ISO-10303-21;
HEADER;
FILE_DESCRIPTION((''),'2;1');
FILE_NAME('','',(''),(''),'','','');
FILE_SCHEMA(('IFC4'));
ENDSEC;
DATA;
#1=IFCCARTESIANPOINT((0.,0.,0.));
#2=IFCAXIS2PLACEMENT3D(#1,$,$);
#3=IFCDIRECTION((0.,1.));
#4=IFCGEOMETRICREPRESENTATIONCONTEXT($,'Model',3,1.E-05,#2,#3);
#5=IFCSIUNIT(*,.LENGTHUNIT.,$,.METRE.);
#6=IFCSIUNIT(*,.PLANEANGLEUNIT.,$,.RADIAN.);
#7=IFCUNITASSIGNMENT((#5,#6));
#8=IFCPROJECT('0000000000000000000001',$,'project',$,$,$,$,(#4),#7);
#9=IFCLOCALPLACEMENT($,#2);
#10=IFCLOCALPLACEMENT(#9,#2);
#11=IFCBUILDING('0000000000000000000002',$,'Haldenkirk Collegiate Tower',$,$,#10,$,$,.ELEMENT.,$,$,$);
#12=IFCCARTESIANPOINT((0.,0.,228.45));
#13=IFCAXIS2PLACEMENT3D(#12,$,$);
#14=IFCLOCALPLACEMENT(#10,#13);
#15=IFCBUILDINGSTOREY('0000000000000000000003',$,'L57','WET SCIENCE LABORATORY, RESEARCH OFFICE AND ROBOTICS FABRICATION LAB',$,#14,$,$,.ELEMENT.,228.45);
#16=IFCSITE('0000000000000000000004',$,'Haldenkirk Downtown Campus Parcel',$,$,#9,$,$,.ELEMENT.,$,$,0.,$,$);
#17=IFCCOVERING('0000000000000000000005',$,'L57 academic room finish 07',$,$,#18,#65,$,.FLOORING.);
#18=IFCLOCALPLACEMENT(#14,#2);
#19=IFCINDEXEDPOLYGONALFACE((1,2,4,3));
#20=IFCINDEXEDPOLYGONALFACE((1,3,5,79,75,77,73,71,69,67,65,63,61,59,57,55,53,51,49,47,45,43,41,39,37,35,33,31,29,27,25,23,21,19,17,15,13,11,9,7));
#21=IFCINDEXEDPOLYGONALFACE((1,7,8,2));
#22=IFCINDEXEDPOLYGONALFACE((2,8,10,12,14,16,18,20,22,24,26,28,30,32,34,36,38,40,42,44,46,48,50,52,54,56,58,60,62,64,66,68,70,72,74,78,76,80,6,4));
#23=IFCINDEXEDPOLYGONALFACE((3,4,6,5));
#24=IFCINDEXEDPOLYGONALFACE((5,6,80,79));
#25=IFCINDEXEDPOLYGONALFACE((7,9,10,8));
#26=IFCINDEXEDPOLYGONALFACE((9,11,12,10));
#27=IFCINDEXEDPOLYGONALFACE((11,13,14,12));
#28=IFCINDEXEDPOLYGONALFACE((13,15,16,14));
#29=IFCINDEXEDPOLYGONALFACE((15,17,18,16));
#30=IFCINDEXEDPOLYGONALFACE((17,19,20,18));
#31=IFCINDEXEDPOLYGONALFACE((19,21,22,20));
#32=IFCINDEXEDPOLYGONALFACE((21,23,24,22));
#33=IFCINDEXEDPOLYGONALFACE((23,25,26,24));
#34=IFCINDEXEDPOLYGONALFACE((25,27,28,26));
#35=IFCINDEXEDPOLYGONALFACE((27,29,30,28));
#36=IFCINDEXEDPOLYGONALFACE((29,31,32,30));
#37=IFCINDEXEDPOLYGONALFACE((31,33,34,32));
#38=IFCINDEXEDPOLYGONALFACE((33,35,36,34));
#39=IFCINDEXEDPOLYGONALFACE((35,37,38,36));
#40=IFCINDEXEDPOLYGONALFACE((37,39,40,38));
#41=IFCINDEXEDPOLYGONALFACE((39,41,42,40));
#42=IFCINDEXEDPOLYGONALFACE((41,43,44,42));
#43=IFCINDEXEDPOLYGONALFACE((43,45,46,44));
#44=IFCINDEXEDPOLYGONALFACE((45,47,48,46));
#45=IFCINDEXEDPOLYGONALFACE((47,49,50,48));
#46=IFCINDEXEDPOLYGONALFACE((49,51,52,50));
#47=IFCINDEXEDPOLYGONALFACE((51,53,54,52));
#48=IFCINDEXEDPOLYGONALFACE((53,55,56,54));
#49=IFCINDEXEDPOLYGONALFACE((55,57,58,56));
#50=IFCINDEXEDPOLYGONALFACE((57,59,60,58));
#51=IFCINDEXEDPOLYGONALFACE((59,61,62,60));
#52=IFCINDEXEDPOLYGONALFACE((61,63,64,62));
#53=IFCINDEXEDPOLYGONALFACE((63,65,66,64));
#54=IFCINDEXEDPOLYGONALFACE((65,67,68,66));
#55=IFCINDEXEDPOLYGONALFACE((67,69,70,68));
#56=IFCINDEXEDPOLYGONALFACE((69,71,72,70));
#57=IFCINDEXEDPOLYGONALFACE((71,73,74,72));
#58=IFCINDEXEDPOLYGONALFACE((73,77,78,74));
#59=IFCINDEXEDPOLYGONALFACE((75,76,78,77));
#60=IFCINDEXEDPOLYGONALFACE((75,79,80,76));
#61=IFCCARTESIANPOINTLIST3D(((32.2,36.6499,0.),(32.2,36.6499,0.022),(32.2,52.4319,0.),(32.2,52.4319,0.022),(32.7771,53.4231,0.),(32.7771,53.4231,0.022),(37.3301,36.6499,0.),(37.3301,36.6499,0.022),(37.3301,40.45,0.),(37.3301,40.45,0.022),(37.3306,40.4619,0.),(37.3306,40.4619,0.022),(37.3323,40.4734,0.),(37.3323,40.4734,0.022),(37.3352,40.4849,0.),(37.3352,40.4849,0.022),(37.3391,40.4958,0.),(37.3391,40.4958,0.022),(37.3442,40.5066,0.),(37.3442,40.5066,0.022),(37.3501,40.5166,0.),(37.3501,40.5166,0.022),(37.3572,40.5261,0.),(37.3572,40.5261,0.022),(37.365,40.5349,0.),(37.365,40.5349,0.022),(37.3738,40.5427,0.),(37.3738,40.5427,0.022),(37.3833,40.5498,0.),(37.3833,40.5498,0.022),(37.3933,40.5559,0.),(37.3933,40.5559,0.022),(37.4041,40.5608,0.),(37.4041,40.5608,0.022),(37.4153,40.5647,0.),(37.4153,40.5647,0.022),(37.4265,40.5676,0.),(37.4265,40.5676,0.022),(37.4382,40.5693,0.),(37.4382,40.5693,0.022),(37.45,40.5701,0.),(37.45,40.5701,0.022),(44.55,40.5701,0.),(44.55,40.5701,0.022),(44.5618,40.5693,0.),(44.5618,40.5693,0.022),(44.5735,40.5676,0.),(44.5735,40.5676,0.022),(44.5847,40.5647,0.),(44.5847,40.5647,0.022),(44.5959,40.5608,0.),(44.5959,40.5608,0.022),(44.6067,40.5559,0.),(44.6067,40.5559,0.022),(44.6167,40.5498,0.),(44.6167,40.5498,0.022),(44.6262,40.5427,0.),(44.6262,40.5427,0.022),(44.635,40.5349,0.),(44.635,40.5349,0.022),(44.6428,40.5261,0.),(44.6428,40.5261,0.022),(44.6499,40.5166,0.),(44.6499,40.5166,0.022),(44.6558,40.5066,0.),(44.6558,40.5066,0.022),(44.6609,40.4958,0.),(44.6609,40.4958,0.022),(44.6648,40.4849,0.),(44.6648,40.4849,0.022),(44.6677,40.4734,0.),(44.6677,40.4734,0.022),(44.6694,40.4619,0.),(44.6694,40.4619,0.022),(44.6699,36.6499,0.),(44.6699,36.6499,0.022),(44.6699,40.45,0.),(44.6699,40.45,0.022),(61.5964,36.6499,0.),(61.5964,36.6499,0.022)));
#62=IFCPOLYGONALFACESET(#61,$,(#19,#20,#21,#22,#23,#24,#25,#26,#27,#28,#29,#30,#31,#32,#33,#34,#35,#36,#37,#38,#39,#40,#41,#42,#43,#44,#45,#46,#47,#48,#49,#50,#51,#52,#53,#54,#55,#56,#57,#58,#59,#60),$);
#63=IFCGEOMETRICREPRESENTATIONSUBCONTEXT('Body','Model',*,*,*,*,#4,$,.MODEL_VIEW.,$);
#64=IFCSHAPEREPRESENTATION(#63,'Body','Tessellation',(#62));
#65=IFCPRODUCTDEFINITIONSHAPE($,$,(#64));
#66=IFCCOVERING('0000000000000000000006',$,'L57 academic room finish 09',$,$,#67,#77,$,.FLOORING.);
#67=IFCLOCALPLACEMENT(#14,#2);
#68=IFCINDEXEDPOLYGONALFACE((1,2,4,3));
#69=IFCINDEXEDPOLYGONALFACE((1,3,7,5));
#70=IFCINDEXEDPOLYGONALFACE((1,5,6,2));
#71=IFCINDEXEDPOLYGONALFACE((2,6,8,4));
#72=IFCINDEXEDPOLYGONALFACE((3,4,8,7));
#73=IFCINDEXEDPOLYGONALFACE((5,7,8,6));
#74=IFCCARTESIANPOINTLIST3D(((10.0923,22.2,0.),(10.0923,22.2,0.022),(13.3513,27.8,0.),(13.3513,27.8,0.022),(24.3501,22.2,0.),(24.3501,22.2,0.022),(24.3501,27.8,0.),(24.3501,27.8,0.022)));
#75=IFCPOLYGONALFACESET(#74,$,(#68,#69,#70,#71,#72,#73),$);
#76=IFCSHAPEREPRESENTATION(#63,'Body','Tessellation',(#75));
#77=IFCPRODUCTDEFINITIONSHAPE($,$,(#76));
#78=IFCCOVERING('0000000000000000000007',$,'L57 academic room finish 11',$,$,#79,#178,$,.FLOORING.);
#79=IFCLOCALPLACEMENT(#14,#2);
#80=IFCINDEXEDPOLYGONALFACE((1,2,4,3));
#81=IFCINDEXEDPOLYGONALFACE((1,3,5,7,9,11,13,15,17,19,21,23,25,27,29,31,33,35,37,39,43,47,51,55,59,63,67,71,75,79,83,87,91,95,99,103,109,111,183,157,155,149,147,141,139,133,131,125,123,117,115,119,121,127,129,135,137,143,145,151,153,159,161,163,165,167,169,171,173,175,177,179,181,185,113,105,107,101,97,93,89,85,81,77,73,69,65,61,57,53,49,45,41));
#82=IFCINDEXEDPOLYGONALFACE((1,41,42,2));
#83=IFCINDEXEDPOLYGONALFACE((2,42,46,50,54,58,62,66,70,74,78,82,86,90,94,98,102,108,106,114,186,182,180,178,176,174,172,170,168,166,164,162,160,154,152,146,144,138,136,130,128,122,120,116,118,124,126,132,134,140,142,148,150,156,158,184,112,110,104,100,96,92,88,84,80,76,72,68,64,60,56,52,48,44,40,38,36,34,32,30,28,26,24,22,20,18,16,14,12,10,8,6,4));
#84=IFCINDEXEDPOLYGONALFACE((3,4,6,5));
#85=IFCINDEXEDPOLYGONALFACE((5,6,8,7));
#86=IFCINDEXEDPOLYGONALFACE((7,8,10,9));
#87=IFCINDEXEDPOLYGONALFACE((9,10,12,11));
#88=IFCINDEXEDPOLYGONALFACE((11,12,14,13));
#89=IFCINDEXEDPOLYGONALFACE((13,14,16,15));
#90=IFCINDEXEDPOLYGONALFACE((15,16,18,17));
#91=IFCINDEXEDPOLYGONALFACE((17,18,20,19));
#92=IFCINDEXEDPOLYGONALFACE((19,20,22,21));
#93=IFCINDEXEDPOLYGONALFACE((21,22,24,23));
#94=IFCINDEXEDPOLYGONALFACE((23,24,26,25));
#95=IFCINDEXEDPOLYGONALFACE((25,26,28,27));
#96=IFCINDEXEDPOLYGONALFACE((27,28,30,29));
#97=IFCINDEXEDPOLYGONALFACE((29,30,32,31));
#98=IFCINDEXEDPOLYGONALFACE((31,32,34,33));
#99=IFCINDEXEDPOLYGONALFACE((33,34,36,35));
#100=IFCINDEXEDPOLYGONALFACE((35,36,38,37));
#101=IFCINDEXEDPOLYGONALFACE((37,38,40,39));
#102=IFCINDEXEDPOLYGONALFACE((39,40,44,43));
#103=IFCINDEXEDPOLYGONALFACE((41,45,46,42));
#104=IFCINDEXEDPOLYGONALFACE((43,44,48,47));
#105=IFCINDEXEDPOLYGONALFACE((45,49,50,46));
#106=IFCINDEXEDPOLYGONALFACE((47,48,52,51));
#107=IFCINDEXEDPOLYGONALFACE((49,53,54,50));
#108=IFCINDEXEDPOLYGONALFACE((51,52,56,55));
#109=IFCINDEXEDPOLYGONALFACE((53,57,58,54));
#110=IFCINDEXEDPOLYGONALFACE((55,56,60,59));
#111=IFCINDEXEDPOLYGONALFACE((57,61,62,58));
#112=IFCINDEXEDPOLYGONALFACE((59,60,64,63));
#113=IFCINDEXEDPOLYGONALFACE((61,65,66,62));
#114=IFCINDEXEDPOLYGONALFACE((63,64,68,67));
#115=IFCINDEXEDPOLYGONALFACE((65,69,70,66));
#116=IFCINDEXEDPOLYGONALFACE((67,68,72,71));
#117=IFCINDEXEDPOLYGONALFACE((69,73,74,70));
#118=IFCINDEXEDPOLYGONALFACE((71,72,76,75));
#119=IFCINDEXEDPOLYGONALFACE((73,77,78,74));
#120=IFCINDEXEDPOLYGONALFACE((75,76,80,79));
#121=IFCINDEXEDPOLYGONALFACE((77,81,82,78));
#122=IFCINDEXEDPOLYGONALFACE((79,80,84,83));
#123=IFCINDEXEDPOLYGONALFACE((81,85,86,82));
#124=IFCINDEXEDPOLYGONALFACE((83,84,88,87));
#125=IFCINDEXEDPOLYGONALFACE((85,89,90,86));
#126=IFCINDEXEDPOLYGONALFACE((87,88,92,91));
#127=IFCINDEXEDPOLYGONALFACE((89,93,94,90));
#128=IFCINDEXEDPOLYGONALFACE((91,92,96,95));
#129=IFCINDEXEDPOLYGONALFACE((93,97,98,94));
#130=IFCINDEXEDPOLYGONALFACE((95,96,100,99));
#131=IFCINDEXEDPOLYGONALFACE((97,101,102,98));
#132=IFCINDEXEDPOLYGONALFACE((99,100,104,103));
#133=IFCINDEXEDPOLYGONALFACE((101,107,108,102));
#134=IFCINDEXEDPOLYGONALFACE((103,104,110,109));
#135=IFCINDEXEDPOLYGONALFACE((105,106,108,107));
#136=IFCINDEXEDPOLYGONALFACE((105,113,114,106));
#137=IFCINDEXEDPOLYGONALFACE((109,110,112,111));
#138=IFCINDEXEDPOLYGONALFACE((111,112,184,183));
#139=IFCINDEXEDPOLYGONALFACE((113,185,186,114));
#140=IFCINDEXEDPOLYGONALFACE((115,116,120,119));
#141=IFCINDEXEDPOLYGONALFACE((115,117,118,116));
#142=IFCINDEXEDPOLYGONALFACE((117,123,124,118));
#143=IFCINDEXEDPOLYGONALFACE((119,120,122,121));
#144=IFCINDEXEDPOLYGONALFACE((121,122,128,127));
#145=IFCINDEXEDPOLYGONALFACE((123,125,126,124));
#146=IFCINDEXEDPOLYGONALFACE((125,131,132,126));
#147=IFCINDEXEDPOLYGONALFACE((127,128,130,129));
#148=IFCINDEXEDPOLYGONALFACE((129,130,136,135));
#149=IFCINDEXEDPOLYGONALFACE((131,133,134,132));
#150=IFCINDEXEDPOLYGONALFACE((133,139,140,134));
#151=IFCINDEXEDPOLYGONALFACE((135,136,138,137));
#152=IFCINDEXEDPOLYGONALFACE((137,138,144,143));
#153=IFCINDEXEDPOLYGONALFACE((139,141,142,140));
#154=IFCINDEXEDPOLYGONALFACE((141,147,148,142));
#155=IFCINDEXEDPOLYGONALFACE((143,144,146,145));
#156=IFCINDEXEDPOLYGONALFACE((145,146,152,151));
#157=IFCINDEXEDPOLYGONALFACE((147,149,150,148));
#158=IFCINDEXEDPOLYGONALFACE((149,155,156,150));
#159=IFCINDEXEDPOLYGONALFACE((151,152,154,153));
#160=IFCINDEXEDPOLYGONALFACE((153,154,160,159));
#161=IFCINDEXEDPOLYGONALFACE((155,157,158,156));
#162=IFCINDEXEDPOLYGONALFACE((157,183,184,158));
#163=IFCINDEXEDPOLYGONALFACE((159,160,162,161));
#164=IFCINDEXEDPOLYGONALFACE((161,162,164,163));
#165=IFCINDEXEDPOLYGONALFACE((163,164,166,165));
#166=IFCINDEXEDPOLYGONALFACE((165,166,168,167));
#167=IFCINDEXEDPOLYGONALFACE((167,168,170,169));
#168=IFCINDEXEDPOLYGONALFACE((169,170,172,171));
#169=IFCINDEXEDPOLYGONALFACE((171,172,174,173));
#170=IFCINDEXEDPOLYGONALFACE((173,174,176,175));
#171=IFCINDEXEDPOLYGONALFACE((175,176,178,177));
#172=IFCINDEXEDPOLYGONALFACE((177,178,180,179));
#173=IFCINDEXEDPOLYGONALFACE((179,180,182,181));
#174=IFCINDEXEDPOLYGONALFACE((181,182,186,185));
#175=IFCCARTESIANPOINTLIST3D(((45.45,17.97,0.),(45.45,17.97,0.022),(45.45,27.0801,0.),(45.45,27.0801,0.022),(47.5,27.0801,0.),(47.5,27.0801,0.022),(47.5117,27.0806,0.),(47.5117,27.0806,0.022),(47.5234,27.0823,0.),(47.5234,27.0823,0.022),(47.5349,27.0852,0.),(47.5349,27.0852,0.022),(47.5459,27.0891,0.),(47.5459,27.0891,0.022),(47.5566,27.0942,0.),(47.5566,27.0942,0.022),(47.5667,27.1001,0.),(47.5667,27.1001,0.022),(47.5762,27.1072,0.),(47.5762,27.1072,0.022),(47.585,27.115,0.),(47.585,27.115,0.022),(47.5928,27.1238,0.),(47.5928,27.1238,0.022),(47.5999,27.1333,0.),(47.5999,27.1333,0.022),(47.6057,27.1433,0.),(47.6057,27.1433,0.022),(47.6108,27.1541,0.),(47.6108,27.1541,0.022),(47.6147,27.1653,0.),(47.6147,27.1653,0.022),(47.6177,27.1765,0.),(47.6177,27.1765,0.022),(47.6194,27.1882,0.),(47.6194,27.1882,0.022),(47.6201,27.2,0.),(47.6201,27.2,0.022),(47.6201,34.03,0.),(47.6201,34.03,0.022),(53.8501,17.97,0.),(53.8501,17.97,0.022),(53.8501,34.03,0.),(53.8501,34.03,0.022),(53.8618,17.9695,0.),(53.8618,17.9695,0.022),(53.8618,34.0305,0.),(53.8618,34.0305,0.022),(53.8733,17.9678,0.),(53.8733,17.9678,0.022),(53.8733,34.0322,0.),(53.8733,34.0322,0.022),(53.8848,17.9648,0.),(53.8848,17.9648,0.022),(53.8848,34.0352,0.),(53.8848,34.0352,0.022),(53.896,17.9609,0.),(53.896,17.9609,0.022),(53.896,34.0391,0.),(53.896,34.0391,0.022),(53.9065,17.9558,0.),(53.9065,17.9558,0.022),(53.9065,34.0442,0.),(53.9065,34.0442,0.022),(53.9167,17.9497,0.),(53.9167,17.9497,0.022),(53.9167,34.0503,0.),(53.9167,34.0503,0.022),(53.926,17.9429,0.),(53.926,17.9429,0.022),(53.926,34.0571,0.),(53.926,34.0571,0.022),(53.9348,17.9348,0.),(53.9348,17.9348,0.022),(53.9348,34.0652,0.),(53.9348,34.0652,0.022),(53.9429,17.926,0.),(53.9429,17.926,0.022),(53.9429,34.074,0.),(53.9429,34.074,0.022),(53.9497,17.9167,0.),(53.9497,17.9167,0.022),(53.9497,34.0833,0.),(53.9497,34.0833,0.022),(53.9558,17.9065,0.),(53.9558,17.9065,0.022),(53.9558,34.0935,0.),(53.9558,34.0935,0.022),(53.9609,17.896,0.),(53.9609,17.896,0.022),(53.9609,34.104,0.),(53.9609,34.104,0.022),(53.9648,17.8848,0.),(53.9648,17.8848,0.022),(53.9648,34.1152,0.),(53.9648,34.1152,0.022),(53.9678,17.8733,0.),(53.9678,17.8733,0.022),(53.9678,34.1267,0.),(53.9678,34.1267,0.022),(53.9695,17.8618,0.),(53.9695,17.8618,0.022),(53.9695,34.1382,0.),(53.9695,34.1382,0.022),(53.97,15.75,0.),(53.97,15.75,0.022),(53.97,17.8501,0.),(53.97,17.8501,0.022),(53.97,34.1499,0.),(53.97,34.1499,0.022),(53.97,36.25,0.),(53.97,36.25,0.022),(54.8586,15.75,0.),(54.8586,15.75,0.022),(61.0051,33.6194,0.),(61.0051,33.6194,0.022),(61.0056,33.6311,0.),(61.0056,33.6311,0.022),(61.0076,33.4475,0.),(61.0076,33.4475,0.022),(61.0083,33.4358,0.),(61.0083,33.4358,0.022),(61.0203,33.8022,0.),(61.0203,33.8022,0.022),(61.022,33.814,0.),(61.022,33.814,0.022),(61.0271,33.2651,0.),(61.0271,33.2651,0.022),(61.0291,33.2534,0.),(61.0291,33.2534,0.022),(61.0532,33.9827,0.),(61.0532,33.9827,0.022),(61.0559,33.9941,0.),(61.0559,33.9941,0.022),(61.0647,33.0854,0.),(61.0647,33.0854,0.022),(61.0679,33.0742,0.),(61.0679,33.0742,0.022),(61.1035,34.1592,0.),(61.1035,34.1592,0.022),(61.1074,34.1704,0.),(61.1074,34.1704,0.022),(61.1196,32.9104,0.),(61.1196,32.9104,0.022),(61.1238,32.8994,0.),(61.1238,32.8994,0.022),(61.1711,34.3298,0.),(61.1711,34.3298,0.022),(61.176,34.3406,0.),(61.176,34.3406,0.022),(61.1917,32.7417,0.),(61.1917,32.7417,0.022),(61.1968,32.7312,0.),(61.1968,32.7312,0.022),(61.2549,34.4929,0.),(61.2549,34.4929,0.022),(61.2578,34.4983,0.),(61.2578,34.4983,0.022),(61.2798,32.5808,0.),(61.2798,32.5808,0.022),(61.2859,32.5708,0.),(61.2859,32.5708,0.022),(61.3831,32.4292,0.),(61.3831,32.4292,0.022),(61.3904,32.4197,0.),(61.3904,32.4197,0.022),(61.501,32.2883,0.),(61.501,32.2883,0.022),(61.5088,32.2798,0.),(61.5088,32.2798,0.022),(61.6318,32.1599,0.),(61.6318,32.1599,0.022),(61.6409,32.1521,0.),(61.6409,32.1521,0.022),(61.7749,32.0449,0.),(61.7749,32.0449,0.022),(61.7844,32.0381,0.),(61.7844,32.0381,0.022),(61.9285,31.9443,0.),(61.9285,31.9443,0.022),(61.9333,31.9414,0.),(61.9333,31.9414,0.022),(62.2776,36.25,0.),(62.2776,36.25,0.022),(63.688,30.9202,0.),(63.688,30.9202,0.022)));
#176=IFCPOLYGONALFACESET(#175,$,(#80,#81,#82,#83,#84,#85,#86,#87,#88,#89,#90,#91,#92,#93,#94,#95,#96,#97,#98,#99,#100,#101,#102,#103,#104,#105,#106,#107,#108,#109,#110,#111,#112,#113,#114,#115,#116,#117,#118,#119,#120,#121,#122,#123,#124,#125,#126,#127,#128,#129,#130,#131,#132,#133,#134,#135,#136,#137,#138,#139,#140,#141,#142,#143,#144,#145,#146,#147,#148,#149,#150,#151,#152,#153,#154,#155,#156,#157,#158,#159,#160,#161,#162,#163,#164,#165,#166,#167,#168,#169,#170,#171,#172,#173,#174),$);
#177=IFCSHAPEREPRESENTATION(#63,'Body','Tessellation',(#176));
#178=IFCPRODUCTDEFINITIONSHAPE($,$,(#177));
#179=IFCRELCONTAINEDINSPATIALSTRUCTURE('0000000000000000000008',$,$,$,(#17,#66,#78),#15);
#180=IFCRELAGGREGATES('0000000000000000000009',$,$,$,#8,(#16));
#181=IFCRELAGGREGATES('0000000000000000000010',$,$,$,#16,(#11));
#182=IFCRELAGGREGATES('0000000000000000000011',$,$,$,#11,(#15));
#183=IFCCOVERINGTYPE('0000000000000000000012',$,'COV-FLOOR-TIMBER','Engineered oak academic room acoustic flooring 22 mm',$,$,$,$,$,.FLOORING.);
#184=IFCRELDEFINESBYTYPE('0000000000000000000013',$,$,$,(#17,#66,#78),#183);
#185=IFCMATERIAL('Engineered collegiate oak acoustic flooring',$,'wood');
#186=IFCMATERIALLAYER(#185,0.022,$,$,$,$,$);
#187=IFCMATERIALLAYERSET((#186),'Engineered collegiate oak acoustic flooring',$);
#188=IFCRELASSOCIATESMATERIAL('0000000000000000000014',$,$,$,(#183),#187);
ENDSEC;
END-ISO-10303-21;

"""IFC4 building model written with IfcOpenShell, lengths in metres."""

from ifc_helpers import new_model, si_unit, direction, frame, origin, place, context, subcontext, project, spatial, polyline, outline, extrude, material, layer, layer_set, type_object, element, save


model = new_model("IFC4")

# Units and contexts
model_context = context("Model", 3, precision=1e-05, world=origin(), true_north=direction((0.0, 1.0)))
body_context = subcontext(model_context, "Body", "Model", "MODEL_VIEW")
ifc_project = project(units=[si_unit("LENGTHUNIT", "METRE"), si_unit("PLANEANGLEUNIT", "RADIAN")], contexts=[model_context])

# Site, building, storey
site_placement = place(None, origin())
site = spatial("IfcSite", under=ifc_project, at=site_placement, Name="Haldenkirk Downtown Campus Parcel", CompositionType="ELEMENT", RefElevation=0.0)
building_placement = place(site_placement, origin())
building = spatial("IfcBuilding", under=site, at=building_placement, Name="Haldenkirk Collegiate Tower", CompositionType="ELEMENT")
storey_placement = place(building_placement, frame((0.0, 0.0, 228.45)))
storey = spatial("IfcBuildingStorey", under=building, at=storey_placement, Name="L57", Description="WET SCIENCE LABORATORY, RESEARCH OFFICE AND ROBOTICS FABRICATION LAB", CompositionType="ELEMENT", Elevation=228.45)

# Coverings
ifc_material_1 = material(Name="Engineered collegiate oak acoustic flooring", Category="wood")
ifc_layer_1 = layer(ifc_material_1, 0.022)
ifc_layer_set_1 = layer_set([ifc_layer_1], Name="Engineered collegiate oak acoustic flooring")
covering_type_1 = type_object("IfcCoveringType", Name="COV-FLOOR-TIMBER", Description="Engineered oak academic room acoustic flooring 22 mm", PredefinedType="FLOORING", material=ifc_layer_set_1)
covering_1_placement = place(storey_placement, origin())
element("IfcCovering", 1, at=covering_1_placement, inside=storey, type_object=covering_type_1, Name="L57 academic room finish 07", PredefinedType="FLOORING", context=body_context, shape_type="SweptSolid", body=[
    extrude(outline(polyline([(44.6699, 40.45), (44.6694, 40.4619), (44.6677, 40.4734), (44.6648, 40.4849), (44.6609, 40.4958), (44.6558, 40.5066), (44.6499, 40.5166), (44.6428, 40.5261), (44.635, 40.5349), (44.6262, 40.5427), (44.6167, 40.5498), (44.6067, 40.5559), (44.5959, 40.5608), (44.5847, 40.5647), (44.5735, 40.5676), (44.5618, 40.5693), (44.55, 40.5701), (37.45, 40.5701), (37.4382, 40.5693), (37.4265, 40.5676), (37.4153, 40.5647), (37.4041, 40.5608), (37.3933, 40.5559), (37.3833, 40.5498), (37.3738, 40.5427), (37.365, 40.5349), (37.3572, 40.5261), (37.3501, 40.5166), (37.3442, 40.5066), (37.3391, 40.4958), (37.3352, 40.4849), (37.3323, 40.4734), (37.3306, 40.4619), (37.3301, 40.45), (37.3301, 36.6499), (32.2, 36.6499), (32.2, 52.4319), (32.7771, 53.4231), (61.5964, 36.6499), (44.6699, 36.6499), (44.6699, 40.45)])), origin(), (0.0, 0.0, 1.0), 0.022),
])
covering_2_placement = place(storey_placement, origin())
element("IfcCovering", 2, at=covering_2_placement, inside=storey, type_object=covering_type_1, Name="L57 academic room finish 09", PredefinedType="FLOORING", context=body_context, shape_type="SweptSolid", body=[
    extrude(outline(polyline([(13.3513, 27.8), (24.3501, 27.8), (24.3501, 22.2), (10.0923, 22.2), (13.3513, 27.8)])), origin(), (0.0, 0.0, 1.0), 0.022),
])
covering_3_placement = place(storey_placement, origin())
element("IfcCovering", 3, at=covering_3_placement, inside=storey, type_object=covering_type_1, Name="L57 academic room finish 11", PredefinedType="FLOORING", context=body_context, shape_type="SweptSolid", body=[
    extrude(outline(polyline([(45.45, 17.97), (45.45, 27.0801), (47.5, 27.0801), (47.5117, 27.0806), (47.5234, 27.0823), (47.5349, 27.0852), (47.5459, 27.0891), (47.5566, 27.0942), (47.5667, 27.1001), (47.5762, 27.1072), (47.585, 27.115), (47.5928, 27.1238), (47.5999, 27.1333), (47.6057, 27.1433), (47.6108, 27.1541), (47.6147, 27.1653), (47.6177, 27.1765), (47.6194, 27.1882), (47.6201, 27.2), (47.6201, 34.03), (53.8501, 34.03), (53.8618, 34.0305), (53.8733, 34.0322), (53.8848, 34.0352), (53.896, 34.0391), (53.9065, 34.0442), (53.9167, 34.0503), (53.926, 34.0571), (53.9348, 34.0652), (53.9429, 34.074), (53.9497, 34.0833), (53.9558, 34.0935), (53.9609, 34.104), (53.9648, 34.1152), (53.9678, 34.1267), (53.9695, 34.1382), (53.97, 34.1499), (53.97, 36.25), (62.2776, 36.25), (61.2578, 34.4983), (61.2549, 34.4929), (61.176, 34.3406), (61.1711, 34.3298), (61.1074, 34.1704), (61.1035, 34.1592), (61.0559, 33.9941), (61.0532, 33.9827), (61.022, 33.814), (61.0203, 33.8022), (61.0056, 33.6311), (61.0051, 33.6194), (61.0076, 33.4475), (61.0083, 33.4358), (61.0271, 33.2651), (61.0291, 33.2534), (61.0647, 33.0854), (61.0679, 33.0742), (61.1196, 32.9104), (61.1238, 32.8994), (61.1917, 32.7417), (61.1968, 32.7312), (61.2798, 32.5808), (61.2859, 32.5708), (61.3831, 32.4292), (61.3904, 32.4197), (61.501, 32.2883), (61.5088, 32.2798), (61.6318, 32.1599), (61.6409, 32.1521), (61.7749, 32.0449), (61.7844, 32.0381), (61.9285, 31.9443), (61.9333, 31.9414), (63.688, 30.9202), (54.8586, 15.75), (53.97, 15.75), (53.97, 17.8501), (53.9695, 17.8618), (53.9678, 17.8733), (53.9648, 17.8848), (53.9609, 17.896), (53.9558, 17.9065), (53.9497, 17.9167), (53.9429, 17.926), (53.9348, 17.9348), (53.926, 17.9429), (53.9167, 17.9497), (53.9065, 17.9558), (53.896, 17.9609), (53.8848, 17.9648), (53.8733, 17.9678), (53.8618, 17.9695), (53.8501, 17.97), (45.45, 17.97)])), origin(), (0.0, 0.0, 1.0), 0.022),
])

save(model, "model.ifc")
